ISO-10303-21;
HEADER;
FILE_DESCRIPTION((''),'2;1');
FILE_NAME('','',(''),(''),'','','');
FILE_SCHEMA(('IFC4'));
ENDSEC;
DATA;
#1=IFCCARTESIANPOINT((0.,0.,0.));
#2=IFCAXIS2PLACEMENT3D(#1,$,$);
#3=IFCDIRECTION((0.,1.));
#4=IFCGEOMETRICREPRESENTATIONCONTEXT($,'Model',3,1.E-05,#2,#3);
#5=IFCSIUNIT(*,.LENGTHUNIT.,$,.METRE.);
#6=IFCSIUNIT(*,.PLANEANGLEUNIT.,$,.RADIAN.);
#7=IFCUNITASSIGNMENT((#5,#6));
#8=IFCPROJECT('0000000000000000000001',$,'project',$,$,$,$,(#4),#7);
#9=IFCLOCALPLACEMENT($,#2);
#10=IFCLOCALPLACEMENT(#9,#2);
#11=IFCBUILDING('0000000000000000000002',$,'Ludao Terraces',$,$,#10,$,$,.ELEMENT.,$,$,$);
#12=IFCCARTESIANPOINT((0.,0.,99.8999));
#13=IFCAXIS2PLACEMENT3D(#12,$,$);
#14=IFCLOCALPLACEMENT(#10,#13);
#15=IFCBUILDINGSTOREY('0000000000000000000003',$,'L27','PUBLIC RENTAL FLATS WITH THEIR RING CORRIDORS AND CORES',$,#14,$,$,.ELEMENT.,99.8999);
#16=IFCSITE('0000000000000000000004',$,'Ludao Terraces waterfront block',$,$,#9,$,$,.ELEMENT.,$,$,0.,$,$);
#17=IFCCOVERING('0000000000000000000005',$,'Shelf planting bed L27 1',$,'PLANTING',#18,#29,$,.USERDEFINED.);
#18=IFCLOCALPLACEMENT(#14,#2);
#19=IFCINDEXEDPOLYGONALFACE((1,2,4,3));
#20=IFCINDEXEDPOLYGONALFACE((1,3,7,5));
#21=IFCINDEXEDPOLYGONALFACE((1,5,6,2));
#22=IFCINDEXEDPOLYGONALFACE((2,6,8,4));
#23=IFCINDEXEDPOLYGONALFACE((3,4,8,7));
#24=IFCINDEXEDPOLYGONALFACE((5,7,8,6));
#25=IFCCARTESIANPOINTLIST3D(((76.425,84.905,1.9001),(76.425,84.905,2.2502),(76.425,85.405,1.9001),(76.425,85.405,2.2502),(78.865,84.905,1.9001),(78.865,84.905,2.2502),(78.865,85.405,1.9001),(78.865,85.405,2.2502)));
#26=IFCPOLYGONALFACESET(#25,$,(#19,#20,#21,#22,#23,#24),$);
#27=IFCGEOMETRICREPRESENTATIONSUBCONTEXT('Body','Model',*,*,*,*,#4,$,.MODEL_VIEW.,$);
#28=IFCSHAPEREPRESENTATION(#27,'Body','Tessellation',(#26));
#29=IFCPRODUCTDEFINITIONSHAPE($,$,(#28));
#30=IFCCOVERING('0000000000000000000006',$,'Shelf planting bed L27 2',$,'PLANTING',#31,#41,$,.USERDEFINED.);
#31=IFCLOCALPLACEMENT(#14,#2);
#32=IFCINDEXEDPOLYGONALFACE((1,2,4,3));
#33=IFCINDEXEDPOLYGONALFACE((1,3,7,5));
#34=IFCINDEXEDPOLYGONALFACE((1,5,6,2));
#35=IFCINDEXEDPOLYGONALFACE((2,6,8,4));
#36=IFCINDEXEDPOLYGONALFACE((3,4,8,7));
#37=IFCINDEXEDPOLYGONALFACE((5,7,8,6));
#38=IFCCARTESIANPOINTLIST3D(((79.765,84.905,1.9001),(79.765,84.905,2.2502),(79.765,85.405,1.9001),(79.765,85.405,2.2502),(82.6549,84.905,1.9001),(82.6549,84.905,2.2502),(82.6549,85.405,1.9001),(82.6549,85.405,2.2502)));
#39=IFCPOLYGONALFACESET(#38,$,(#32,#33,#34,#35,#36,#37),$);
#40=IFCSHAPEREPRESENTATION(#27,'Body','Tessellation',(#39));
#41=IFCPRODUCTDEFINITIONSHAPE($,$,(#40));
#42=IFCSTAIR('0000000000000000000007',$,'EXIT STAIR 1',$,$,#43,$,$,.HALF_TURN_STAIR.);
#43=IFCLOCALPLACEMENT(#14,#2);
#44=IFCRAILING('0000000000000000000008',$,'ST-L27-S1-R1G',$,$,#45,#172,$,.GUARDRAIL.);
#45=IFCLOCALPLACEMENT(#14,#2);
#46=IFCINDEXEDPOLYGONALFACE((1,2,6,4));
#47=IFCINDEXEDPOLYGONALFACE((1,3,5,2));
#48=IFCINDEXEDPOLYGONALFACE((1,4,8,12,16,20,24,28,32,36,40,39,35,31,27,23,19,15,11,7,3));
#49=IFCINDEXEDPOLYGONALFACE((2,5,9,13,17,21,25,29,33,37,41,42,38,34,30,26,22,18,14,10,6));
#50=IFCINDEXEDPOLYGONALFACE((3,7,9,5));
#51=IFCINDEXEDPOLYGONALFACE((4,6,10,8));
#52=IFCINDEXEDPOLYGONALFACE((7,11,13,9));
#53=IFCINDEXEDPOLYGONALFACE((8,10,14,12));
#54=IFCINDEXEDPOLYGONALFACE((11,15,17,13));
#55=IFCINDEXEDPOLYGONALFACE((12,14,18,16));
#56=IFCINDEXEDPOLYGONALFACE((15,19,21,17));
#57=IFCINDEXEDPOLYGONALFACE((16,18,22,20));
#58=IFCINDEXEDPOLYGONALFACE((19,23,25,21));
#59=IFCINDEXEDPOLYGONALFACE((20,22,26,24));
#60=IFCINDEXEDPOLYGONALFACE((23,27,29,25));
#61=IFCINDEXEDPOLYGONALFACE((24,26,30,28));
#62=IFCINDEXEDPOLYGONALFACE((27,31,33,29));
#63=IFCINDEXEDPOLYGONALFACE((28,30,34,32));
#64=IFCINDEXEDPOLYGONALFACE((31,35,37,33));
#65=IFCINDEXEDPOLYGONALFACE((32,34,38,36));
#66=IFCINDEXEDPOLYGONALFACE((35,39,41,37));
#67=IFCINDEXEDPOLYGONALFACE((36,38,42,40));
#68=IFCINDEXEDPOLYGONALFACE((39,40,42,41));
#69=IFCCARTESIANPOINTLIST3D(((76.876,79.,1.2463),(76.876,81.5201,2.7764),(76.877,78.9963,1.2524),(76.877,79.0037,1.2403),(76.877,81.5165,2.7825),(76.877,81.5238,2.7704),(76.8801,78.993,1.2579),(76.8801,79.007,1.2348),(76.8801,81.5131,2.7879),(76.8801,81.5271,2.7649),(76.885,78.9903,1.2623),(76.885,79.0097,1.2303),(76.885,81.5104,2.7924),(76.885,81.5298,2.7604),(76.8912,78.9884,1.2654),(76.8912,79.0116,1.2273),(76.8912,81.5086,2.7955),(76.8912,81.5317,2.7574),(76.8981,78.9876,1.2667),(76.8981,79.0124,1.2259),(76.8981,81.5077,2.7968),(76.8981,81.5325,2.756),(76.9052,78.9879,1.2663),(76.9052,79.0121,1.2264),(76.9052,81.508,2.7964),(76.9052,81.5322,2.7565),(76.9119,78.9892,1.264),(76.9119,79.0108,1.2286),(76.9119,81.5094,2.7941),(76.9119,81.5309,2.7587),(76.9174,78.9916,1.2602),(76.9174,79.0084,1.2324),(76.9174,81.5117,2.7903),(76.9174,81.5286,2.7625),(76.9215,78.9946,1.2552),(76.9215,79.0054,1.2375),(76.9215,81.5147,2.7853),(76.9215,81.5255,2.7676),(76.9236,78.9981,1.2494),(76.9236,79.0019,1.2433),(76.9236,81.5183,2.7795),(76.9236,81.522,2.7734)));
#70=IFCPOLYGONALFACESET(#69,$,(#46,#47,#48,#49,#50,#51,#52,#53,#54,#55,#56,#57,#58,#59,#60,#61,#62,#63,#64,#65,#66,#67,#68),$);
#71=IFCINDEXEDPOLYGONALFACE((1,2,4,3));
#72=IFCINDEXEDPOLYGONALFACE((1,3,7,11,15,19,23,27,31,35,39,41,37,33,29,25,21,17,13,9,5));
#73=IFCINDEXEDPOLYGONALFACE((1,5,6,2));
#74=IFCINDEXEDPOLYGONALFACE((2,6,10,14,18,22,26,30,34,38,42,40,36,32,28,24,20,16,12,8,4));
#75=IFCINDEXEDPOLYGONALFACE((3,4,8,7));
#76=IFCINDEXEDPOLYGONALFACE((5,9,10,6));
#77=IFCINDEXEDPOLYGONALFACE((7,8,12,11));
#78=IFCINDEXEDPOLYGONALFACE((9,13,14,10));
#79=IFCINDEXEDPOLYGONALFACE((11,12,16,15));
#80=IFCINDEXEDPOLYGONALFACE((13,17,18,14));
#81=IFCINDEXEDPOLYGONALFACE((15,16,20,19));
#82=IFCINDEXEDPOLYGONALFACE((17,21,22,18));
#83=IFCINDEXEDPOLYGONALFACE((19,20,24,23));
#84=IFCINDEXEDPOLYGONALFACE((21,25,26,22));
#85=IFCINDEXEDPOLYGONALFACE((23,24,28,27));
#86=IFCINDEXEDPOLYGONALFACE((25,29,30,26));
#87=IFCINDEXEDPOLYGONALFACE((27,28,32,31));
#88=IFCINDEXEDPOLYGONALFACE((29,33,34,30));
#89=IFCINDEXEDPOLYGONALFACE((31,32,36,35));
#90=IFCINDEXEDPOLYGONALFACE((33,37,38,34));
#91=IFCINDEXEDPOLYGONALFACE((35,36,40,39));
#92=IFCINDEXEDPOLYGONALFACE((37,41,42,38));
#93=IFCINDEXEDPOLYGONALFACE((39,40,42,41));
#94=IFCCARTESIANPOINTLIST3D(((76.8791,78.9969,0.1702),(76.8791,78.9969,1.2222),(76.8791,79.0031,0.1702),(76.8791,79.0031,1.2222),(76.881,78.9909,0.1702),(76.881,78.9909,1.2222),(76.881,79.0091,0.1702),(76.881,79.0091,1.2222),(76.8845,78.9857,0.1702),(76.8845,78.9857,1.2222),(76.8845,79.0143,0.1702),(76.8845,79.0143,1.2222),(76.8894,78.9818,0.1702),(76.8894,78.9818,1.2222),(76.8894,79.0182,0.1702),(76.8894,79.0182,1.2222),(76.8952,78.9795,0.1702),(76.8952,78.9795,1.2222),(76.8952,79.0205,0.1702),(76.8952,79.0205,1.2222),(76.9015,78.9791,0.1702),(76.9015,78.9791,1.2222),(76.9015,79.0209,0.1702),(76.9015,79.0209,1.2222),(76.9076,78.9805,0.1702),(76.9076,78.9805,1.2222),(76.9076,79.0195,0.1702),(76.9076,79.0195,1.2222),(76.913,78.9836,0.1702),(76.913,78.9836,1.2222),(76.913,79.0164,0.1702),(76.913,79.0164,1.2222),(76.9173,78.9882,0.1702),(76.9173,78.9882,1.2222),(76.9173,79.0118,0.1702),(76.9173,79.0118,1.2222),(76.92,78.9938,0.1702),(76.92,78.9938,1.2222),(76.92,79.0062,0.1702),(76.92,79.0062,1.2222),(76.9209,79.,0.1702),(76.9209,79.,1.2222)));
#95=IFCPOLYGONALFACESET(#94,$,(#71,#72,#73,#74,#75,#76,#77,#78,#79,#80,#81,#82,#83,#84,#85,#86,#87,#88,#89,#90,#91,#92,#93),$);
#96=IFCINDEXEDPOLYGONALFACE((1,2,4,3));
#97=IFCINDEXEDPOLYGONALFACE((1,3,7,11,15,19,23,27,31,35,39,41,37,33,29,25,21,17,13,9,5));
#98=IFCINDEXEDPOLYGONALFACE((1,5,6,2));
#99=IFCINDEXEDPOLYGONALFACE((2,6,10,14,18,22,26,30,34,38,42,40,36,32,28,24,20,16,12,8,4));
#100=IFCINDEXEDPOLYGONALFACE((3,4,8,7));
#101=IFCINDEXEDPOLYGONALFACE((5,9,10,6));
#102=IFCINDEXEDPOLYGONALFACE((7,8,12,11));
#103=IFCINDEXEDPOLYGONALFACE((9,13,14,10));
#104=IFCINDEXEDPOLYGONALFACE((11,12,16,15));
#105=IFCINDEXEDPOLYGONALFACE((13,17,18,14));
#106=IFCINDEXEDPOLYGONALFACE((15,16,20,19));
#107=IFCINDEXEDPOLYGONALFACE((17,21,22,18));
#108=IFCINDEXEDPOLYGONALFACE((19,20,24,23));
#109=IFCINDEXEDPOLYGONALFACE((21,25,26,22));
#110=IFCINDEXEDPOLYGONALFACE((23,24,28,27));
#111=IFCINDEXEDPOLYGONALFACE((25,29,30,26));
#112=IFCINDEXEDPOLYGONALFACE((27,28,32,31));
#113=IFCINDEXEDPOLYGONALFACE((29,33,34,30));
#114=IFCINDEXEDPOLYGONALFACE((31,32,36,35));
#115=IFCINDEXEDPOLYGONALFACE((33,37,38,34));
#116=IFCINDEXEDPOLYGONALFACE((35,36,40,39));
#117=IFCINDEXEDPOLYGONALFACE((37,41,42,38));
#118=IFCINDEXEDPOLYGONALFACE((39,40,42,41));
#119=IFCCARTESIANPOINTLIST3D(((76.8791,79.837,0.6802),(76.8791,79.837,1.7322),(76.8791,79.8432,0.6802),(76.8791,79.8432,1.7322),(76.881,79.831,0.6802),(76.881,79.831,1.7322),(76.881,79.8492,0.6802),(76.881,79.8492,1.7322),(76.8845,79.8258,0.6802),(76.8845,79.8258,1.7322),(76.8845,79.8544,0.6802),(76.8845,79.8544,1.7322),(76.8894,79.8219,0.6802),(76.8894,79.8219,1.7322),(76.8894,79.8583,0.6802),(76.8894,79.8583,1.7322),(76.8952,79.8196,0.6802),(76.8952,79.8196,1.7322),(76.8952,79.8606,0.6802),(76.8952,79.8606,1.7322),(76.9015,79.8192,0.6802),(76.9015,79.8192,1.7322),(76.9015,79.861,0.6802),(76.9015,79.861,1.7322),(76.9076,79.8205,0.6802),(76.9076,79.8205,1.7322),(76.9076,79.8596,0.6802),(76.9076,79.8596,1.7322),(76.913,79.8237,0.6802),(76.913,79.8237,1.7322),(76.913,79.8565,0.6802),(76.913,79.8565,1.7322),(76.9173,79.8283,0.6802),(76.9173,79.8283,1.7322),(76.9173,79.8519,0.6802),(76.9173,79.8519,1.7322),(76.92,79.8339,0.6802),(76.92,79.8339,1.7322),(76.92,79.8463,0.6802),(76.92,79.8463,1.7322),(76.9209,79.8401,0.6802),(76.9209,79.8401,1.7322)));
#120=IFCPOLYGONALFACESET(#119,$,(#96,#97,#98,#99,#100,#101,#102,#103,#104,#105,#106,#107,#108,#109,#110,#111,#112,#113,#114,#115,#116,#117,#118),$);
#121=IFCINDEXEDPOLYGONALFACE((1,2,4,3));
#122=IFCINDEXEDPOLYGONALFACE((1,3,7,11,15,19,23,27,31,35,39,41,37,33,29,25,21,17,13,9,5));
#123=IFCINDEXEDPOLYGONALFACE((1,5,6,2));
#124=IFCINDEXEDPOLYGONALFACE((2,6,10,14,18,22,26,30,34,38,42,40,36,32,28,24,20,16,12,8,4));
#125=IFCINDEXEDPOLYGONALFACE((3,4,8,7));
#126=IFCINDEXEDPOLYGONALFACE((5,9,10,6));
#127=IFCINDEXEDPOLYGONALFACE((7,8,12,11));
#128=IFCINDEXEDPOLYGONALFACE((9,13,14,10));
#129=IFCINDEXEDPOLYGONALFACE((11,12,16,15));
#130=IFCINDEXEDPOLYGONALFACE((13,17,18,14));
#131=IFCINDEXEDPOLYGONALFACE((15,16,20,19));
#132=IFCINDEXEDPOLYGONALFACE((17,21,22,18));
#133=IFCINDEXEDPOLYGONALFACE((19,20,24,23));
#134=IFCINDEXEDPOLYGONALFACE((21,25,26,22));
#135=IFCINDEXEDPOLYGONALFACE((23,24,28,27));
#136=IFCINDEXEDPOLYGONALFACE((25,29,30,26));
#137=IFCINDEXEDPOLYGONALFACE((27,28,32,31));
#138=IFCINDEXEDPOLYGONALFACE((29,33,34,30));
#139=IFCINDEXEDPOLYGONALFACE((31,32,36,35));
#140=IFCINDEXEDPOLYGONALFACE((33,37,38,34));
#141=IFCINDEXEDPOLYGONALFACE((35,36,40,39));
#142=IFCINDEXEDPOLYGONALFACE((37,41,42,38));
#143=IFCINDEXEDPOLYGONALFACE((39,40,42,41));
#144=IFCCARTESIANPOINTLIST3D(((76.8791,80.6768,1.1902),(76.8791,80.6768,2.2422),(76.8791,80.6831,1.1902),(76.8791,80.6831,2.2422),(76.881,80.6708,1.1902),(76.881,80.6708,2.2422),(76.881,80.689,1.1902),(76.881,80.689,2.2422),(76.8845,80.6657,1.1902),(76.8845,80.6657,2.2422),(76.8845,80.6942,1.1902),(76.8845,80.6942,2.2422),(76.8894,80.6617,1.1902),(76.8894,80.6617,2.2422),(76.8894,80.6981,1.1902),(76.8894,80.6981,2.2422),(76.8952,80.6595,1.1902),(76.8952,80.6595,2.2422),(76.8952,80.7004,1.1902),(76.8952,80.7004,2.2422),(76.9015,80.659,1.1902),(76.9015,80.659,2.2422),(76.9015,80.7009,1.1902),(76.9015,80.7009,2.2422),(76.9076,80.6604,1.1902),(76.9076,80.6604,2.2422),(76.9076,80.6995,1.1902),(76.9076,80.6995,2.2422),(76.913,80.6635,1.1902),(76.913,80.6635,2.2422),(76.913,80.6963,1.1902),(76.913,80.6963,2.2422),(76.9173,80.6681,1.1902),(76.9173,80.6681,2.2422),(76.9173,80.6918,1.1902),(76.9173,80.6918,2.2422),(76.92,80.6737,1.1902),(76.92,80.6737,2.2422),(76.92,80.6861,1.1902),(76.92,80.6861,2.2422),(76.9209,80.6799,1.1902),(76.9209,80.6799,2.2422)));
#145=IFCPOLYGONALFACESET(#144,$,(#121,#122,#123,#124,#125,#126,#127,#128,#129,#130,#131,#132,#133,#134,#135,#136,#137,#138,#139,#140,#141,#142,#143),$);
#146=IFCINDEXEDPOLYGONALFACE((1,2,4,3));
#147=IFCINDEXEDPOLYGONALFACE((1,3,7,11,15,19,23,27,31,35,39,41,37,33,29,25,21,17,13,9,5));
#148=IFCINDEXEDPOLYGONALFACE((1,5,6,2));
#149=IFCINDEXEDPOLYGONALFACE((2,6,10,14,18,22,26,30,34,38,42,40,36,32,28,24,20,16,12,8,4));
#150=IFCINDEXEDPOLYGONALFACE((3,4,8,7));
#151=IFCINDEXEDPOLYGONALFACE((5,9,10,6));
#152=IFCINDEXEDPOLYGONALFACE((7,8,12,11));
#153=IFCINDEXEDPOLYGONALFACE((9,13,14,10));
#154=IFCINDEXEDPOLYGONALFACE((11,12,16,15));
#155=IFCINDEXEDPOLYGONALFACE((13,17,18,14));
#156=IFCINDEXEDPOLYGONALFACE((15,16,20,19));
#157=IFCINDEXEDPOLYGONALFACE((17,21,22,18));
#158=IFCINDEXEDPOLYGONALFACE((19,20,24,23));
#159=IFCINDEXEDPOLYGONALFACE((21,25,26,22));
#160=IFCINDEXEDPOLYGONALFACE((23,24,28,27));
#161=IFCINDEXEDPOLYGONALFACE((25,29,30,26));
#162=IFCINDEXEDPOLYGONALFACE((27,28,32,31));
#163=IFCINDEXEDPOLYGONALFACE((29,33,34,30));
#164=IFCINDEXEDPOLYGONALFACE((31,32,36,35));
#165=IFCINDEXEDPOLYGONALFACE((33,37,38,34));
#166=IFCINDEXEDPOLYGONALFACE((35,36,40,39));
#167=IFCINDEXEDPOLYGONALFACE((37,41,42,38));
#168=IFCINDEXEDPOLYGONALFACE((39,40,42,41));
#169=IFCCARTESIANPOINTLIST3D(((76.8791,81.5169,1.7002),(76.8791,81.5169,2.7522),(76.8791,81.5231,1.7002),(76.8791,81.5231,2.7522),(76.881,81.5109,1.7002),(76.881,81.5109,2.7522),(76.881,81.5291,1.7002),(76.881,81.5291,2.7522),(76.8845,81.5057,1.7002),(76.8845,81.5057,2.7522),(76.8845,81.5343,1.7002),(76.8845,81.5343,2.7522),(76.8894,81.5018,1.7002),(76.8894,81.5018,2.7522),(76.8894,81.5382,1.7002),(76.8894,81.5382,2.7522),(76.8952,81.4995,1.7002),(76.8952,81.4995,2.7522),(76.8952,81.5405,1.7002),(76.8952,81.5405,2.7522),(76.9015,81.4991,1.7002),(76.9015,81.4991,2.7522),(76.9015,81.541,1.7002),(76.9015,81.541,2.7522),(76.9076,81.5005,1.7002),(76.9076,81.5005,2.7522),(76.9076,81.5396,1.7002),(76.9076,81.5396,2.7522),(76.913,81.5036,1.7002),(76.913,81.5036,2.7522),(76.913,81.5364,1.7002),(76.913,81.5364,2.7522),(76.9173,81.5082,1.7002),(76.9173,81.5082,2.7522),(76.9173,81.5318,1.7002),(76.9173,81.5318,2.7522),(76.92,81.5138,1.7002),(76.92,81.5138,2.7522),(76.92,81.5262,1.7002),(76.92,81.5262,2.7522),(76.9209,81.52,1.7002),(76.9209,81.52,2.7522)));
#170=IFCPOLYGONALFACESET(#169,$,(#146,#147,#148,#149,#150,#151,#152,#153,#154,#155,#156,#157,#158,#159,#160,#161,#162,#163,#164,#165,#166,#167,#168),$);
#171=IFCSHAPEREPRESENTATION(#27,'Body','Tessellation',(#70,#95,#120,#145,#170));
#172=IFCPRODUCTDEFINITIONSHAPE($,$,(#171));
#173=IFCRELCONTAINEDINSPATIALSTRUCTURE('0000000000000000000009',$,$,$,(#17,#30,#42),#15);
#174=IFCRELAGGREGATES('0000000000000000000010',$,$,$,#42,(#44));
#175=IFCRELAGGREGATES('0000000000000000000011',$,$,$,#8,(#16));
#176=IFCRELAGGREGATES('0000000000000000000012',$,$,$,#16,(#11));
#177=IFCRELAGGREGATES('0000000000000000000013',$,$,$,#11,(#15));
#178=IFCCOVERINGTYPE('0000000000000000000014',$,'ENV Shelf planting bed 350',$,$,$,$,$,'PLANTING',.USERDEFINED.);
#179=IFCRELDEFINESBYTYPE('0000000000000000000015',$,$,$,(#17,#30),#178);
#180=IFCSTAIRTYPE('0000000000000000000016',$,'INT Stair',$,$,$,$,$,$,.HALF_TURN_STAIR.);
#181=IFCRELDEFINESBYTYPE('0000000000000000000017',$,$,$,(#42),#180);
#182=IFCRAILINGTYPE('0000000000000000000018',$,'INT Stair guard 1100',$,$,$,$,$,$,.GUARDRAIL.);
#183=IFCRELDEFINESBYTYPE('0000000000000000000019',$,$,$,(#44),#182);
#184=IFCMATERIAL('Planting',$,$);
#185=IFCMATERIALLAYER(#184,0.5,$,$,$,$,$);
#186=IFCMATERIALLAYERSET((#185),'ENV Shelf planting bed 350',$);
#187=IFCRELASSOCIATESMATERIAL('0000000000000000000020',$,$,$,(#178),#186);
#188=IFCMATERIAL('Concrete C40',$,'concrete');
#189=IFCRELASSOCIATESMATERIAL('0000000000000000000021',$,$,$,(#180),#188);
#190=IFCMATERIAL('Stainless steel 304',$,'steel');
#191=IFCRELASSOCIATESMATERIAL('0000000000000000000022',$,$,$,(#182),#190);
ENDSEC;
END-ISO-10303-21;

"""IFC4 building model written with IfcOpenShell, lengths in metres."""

from ifc_helpers import new_model, si_unit, direction, frame, origin, origin_2d, place, context, subcontext, project, spatial, rectangle, circle, extrude, material, layer, layer_set, type_object, element, aggregate, save


model = new_model("IFC4")

# Units and contexts
model_context = context("Model", 3, precision=1e-05, world=origin(), true_north=direction((0.0, 1.0)))
body_context = subcontext(model_context, "Body", "Model", "MODEL_VIEW")
ifc_project = project(units=[si_unit("LENGTHUNIT", "METRE"), si_unit("PLANEANGLEUNIT", "RADIAN")], contexts=[model_context])

# Site, building, storey
site_placement = place(None, origin())
site = spatial("IfcSite", under=ifc_project, at=site_placement, Name="Ludao Terraces waterfront block", CompositionType="ELEMENT", RefElevation=0.0)
building_placement = place(site_placement, origin())
building = spatial("IfcBuilding", under=site, at=building_placement, Name="Ludao Terraces", CompositionType="ELEMENT")
storey_placement = place(building_placement, frame((0.0, 0.0, 99.8999)))
storey = spatial("IfcBuildingStorey", under=building, at=storey_placement, Name="L27", Description="PUBLIC RENTAL FLATS WITH THEIR RING CORRIDORS AND CORES", CompositionType="ELEMENT", Elevation=99.8999)

# Shared definitions
ifc_material_1 = material(Name="Stainless steel 304", Category="steel")

# Coverings
ifc_material_2 = material(Name="Planting")
ifc_layer_1 = layer(ifc_material_2, 0.5)
ifc_layer_set_1 = layer_set([ifc_layer_1], Name="ENV Shelf planting bed 350")
covering_type_1 = type_object("IfcCoveringType", Name="ENV Shelf planting bed 350", ElementType="PLANTING", PredefinedType="USERDEFINED", material=ifc_layer_set_1)
covering_1_placement = place(storey_placement, frame((77.645, 85.155, 1.9001), z_axis=(0.0, 0.0, 1.0), x_axis=(1.0, 0.0, 0.0)))
element("IfcCovering", 1, at=covering_1_placement, inside=storey, type_object=covering_type_1, Name="Shelf planting bed L27 1", ObjectType="PLANTING", PredefinedType="USERDEFINED", context=body_context, shape_type="SweptSolid", body=[
    extrude(rectangle(XDim=2.4399, YDim=0.5, at=origin_2d()), origin(), (0.0, 0.0, 1.0), 0.3501),
])
covering_2_placement = place(storey_placement, frame((81.21, 85.155, 1.9001), z_axis=(0.0, 0.0, 1.0), x_axis=(1.0, 0.0, 0.0)))
element("IfcCovering", 2, at=covering_2_placement, inside=storey, type_object=covering_type_1, Name="Shelf planting bed L27 2", ObjectType="PLANTING", PredefinedType="USERDEFINED", context=body_context, shape_type="SweptSolid", body=[
    extrude(rectangle(XDim=2.8899, YDim=0.5, at=origin_2d()), origin(), (0.0, 0.0, 1.0), 0.3501),
])

# Stair, railing
ifc_material_3 = material(Name="Concrete C40", Category="concrete")
stair_type = type_object("IfcStairType", Name="INT Stair", PredefinedType="HALF_TURN_STAIR", material=ifc_material_3)
stair_placement = place(storey_placement, origin())
stair = element("IfcStair", 3, at=stair_placement, inside=storey, type_object=stair_type, Name="EXIT STAIR 1", PredefinedType="HALF_TURN_STAIR")
railing_type_1 = type_object("IfcRailingType", Name="INT Stair guard 1100", PredefinedType="GUARDRAIL", material=ifc_material_1)
railing_1_placement = place(storey_placement, frame((76.8999, 79.0, 0.1702)))
railing_1 = element("IfcRailing", 4, at=railing_1_placement, type_object=railing_type_1, Name="ST-L27-S1-R1G", PredefinedType="GUARDRAIL", context=body_context, shape_type="SweptSolid", body=[
    extrude(circle(Radius=0.0239, at=origin_2d()), frame((0.0, 0.0, 1.0762), z_axis=(0.0, 0.854785, 0.518982), x_axis=(-1.0, 0.0, 0.0)), (0.0, 0.0, 1.0), 2.9482),
    extrude(circle(Radius=0.021, at=origin_2d()), origin(), (0.0, 0.0, 1.0), 1.052),
    extrude(circle(Radius=0.021, at=origin_2d()), frame((0.0, 0.8401, 0.51)), (0.0, 0.0, 1.0), 1.052),
    extrude(circle(Radius=0.021, at=origin_2d()), frame((0.0, 1.6799, 1.02)), (0.0, 0.0, 1.0), 1.052),
    extrude(circle(Radius=0.021, at=origin_2d()), frame((0.0, 2.52, 1.53)), (0.0, 0.0, 1.0), 1.052),
])
aggregate(stair, [railing_1])

save(model, "model.ifc")
